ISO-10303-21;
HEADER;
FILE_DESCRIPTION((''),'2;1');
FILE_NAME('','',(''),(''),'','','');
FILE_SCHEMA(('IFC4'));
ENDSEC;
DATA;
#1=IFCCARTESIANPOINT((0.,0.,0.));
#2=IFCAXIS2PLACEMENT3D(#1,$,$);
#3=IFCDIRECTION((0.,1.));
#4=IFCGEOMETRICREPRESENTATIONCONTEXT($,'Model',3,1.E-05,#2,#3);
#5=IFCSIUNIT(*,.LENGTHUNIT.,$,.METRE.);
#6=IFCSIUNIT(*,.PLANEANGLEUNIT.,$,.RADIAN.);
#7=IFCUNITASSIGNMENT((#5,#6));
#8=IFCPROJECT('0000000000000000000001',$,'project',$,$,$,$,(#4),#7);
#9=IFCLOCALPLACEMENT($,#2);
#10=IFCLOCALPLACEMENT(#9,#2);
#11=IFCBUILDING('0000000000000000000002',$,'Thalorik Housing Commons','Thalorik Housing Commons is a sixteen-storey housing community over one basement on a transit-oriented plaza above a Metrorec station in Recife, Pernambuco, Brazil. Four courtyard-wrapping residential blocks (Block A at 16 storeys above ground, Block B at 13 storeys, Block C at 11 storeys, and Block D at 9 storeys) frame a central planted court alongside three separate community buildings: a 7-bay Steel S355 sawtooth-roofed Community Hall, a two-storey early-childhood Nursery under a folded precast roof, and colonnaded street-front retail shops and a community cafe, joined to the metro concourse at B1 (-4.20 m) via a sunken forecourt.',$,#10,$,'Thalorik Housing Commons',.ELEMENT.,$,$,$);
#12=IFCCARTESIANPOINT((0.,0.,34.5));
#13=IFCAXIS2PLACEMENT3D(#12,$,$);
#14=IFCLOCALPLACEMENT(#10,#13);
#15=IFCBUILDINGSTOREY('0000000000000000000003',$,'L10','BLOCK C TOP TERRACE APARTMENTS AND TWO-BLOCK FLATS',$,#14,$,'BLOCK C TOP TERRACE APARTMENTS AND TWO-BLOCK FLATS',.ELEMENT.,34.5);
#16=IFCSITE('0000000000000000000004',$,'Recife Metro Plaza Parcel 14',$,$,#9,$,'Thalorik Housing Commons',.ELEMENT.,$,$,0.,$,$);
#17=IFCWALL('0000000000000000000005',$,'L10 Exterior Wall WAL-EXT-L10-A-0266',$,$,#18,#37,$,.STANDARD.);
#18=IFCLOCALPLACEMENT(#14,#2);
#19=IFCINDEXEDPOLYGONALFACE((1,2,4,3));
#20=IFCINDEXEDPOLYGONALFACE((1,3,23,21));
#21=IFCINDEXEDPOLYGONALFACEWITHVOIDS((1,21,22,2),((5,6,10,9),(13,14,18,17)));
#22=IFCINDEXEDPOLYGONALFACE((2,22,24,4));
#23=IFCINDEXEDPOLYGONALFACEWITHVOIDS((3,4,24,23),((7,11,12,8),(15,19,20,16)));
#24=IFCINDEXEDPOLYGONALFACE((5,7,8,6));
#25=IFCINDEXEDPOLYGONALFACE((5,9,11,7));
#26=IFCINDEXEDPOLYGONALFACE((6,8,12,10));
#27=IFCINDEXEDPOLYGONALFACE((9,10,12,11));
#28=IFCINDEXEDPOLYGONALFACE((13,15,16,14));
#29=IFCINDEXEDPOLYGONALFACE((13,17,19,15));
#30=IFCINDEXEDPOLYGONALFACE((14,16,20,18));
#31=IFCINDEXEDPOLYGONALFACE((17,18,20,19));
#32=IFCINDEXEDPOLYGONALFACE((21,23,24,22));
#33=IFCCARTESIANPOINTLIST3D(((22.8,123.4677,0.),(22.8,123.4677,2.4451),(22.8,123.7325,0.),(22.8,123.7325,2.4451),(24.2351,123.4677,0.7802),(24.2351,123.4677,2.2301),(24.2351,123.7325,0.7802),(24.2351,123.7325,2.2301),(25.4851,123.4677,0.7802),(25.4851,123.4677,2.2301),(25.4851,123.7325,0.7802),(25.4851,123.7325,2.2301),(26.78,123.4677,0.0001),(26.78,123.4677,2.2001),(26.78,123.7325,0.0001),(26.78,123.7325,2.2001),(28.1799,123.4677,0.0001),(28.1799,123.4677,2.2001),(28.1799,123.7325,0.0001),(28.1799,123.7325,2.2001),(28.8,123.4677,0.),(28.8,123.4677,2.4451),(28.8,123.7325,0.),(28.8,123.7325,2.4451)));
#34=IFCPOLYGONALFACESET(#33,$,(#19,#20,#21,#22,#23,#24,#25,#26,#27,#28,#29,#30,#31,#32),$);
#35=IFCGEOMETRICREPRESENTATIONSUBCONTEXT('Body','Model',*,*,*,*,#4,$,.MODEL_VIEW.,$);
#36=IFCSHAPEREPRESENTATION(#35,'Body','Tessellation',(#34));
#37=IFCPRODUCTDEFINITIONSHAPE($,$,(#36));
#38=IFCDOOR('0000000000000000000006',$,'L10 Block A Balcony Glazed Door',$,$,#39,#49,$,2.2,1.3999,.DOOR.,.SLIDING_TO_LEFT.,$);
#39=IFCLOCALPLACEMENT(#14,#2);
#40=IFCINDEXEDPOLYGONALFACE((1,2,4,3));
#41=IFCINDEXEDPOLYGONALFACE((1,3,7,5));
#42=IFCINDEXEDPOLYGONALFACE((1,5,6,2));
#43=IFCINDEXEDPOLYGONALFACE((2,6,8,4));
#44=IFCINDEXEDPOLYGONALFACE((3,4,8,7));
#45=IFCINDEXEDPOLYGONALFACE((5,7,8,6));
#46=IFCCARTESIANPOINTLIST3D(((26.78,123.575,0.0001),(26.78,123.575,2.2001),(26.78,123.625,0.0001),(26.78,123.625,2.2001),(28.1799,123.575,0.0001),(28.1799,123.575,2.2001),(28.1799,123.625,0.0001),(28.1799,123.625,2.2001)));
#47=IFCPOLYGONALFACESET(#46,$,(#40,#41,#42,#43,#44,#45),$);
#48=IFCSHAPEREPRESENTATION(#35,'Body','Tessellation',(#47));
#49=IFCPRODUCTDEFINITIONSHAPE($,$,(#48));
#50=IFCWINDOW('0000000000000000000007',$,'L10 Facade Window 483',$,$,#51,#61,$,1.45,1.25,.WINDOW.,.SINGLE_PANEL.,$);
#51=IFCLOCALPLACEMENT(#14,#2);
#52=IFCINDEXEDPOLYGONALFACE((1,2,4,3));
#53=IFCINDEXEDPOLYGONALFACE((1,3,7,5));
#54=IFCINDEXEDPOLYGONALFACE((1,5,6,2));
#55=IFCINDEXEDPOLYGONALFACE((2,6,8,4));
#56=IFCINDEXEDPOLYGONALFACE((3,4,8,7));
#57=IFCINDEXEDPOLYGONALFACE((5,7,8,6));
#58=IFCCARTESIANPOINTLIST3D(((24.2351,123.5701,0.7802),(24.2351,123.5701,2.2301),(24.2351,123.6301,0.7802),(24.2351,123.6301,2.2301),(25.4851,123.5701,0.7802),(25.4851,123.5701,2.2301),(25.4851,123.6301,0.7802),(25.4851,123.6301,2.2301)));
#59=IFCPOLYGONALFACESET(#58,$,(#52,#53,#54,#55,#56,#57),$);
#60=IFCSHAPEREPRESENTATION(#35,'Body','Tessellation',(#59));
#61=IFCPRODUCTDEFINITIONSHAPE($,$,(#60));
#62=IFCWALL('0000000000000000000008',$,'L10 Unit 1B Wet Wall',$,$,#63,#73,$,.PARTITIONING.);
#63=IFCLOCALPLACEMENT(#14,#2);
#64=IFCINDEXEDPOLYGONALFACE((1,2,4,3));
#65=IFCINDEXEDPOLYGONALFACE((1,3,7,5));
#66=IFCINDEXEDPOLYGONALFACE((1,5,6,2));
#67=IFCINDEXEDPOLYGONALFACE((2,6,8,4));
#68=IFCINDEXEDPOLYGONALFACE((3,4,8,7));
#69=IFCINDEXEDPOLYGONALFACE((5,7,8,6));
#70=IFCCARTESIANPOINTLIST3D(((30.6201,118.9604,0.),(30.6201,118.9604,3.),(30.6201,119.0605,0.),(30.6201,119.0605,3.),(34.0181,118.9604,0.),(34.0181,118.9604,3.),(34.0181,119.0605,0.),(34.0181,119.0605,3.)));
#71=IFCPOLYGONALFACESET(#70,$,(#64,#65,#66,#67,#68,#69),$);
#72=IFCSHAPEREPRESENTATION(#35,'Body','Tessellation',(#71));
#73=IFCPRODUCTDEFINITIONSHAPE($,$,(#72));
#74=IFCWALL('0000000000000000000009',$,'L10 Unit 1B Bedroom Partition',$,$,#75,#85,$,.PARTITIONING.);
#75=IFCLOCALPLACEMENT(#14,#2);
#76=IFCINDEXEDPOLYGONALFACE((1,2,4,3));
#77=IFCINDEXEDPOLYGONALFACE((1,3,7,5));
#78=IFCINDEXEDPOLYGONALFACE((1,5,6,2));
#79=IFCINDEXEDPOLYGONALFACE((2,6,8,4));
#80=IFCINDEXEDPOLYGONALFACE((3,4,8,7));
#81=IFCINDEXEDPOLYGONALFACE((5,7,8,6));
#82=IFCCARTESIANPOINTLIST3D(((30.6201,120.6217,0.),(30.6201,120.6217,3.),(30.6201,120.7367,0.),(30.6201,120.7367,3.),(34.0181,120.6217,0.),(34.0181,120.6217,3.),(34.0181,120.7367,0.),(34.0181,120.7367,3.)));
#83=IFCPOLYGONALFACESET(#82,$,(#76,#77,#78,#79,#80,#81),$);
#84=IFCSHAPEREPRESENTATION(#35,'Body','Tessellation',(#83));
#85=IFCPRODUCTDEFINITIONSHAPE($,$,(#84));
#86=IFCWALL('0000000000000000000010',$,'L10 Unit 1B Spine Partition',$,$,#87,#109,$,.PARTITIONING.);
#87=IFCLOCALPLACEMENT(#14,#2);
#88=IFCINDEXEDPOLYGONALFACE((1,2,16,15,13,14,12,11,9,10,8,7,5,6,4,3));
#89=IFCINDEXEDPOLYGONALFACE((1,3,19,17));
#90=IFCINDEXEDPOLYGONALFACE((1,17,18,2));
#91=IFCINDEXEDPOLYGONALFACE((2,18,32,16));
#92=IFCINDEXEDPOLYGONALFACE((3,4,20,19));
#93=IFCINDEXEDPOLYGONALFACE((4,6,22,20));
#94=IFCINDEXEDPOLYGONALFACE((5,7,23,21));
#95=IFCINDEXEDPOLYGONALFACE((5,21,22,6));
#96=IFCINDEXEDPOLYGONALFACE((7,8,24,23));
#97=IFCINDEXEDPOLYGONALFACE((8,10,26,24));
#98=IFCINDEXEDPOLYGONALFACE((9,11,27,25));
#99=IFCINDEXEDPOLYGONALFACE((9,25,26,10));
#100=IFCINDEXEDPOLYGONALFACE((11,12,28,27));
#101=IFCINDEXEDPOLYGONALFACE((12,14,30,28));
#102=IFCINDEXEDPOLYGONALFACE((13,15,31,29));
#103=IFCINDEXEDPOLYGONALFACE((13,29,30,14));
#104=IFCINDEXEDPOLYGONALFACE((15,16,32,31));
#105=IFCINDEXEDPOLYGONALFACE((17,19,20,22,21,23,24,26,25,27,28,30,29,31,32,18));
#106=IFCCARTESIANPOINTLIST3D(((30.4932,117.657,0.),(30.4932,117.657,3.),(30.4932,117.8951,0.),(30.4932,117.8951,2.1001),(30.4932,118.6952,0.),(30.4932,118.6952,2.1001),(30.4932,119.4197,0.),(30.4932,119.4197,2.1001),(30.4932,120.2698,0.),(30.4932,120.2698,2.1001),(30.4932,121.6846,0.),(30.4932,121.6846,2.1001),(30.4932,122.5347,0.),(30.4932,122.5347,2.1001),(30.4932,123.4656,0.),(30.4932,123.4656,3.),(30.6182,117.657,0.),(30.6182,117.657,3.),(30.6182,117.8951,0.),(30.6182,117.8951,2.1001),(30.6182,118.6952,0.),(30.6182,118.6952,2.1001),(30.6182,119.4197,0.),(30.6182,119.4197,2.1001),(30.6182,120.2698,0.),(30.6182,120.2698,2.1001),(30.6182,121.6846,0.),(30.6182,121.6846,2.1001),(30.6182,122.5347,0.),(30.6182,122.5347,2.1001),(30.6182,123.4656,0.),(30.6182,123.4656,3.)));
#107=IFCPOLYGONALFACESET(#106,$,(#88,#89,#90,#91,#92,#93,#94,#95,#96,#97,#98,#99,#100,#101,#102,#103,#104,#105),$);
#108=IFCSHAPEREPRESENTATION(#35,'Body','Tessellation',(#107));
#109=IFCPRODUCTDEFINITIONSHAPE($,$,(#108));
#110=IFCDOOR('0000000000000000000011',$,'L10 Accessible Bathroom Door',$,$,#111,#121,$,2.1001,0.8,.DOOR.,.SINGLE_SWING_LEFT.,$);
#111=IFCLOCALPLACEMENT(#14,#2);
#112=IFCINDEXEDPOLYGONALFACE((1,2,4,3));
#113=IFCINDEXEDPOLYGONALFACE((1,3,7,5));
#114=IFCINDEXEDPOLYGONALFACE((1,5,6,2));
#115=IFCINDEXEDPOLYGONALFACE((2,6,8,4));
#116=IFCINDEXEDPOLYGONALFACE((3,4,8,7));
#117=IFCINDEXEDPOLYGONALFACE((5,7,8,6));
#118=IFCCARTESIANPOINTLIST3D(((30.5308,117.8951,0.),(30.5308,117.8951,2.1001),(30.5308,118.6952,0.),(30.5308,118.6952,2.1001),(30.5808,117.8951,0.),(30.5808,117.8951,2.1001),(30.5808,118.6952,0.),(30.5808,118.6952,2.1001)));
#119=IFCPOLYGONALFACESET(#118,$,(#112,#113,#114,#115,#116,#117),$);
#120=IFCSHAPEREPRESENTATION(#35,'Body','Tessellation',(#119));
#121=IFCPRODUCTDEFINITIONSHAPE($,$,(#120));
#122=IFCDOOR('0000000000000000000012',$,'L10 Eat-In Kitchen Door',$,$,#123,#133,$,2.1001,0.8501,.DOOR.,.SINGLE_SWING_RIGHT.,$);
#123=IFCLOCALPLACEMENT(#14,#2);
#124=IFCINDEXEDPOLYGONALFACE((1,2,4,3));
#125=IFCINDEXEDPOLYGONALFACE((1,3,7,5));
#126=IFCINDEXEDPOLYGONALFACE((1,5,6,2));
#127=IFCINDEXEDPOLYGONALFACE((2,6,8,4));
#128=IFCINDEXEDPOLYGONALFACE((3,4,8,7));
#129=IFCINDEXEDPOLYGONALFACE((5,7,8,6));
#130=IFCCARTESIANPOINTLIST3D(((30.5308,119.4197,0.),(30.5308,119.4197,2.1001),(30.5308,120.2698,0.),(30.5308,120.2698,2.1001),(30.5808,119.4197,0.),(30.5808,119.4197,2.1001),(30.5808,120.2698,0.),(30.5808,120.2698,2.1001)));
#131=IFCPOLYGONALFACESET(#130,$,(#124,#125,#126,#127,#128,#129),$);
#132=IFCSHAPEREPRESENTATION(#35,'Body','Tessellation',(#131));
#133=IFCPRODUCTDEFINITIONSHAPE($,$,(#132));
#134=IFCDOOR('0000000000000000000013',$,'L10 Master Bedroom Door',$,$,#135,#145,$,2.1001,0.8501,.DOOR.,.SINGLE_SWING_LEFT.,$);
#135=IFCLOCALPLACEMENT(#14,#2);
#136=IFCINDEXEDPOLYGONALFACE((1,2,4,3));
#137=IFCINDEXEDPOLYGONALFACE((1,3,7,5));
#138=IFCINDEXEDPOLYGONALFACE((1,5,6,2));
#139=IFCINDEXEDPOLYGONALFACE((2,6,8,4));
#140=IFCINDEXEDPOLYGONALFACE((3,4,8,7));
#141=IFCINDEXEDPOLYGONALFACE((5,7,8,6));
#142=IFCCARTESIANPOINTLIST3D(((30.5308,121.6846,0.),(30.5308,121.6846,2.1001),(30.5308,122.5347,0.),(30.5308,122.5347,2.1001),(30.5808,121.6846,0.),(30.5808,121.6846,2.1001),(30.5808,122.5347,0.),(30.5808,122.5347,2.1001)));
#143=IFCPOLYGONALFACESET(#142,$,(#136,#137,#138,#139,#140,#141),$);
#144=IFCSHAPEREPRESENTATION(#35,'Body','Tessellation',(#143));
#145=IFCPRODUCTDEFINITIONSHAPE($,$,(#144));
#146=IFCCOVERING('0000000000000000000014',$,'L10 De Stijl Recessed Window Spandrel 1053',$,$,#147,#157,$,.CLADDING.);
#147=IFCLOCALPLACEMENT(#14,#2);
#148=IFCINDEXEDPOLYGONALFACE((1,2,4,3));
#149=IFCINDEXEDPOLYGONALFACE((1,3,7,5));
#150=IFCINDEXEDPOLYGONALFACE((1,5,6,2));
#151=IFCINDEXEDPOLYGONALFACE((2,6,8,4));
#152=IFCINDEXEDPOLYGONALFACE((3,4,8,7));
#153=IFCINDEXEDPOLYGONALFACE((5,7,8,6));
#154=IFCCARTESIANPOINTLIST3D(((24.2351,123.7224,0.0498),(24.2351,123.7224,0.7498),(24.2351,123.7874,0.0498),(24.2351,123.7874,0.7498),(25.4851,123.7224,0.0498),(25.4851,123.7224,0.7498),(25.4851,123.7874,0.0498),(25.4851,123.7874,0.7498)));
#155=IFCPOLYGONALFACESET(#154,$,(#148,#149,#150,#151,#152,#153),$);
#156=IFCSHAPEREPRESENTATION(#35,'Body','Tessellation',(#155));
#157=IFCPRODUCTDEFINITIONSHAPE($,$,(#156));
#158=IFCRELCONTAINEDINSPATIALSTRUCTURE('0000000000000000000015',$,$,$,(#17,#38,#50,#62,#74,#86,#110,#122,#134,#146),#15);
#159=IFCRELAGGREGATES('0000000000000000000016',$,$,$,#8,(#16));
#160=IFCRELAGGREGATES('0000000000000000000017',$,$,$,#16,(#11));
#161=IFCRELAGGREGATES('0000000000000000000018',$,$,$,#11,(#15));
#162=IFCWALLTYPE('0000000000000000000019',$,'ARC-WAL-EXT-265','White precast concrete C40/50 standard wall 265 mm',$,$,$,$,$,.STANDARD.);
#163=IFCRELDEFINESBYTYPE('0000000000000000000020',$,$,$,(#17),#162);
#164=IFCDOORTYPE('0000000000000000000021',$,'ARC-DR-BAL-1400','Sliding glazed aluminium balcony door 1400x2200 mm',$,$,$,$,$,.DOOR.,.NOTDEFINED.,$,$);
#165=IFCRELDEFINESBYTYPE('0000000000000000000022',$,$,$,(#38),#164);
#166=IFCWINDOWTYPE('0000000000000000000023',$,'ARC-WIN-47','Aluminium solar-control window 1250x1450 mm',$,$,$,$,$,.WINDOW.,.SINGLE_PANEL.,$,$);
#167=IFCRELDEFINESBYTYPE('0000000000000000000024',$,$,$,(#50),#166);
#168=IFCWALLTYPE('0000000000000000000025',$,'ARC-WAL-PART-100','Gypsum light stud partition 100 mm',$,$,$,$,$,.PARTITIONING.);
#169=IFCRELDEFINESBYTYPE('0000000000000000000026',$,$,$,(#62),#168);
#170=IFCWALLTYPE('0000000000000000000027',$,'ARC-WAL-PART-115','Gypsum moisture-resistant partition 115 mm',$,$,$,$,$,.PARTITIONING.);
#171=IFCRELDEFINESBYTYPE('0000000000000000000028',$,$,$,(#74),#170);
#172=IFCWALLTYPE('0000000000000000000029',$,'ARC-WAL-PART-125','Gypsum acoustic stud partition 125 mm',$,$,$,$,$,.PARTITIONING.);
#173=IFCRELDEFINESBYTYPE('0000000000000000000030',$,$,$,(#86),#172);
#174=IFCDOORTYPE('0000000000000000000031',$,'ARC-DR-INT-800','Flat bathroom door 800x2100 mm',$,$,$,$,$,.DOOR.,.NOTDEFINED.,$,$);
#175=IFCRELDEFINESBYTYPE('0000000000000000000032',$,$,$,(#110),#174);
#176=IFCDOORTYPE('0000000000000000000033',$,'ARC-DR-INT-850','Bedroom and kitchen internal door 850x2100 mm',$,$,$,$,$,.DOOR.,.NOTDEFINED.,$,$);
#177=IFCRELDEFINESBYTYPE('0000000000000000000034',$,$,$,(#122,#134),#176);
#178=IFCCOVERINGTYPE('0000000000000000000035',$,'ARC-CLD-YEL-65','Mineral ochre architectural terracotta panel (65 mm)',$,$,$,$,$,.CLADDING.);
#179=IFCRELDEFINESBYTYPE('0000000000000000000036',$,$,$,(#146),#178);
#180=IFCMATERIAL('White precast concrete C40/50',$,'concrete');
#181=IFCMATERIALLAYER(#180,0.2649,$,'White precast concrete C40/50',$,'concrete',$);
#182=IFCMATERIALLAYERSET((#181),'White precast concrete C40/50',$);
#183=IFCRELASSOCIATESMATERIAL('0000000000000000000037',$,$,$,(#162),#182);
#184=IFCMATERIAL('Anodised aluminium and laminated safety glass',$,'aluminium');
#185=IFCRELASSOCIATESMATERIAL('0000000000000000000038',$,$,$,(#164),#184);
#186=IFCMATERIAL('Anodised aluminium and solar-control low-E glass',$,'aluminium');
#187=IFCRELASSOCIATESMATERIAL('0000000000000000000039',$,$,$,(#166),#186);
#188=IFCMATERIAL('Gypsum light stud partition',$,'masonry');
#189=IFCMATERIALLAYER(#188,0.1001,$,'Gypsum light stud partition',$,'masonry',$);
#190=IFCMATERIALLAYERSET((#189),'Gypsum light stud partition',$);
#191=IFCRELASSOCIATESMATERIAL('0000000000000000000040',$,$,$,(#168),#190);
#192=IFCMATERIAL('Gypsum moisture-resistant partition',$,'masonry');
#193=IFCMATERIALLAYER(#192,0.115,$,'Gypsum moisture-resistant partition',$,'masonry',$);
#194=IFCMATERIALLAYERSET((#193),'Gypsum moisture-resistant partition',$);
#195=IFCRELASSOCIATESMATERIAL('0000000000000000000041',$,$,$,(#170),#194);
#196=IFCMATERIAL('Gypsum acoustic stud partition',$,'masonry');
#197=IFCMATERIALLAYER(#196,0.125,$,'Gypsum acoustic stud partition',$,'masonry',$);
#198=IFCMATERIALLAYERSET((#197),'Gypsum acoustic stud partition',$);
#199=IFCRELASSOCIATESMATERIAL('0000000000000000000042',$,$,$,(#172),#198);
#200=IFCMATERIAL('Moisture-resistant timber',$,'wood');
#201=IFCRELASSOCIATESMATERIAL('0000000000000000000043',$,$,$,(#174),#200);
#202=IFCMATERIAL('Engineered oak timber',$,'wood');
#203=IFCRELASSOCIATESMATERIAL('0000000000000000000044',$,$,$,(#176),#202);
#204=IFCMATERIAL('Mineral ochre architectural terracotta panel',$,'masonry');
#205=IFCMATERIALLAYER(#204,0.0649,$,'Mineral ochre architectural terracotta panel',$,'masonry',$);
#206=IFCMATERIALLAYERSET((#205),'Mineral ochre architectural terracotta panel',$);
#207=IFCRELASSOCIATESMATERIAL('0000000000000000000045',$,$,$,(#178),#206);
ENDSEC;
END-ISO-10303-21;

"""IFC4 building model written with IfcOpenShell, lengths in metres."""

from ifc_helpers import new_model, si_unit, direction, frame, frame_2d, origin, origin_2d, place, context, subcontext, project, spatial, rectangle, extrude, material, layer, layer_set, type_object, element, fill, save


model = new_model("IFC4")

# Units and contexts
model_context = context("Model", 3, precision=1e-05, world=origin(), true_north=direction((0.0, 1.0)))
body_context = subcontext(model_context, "Body", "Model", "MODEL_VIEW")
ifc_project = project(units=[si_unit("LENGTHUNIT", "METRE"), si_unit("PLANEANGLEUNIT", "RADIAN")], contexts=[model_context])

# Site, building, storey
site_placement = place(None, origin())
site = spatial("IfcSite", under=ifc_project, at=site_placement, Name="Recife Metro Plaza Parcel 14", LongName="Thalorik Housing Commons", CompositionType="ELEMENT", RefElevation=0.0)
building_placement = place(site_placement, origin())
building = spatial("IfcBuilding", under=site, at=building_placement, Name="Thalorik Housing Commons", Description="Thalorik Housing Commons is a sixteen-storey housing community over one basement on a transit-oriented plaza above a Metrorec station in Recife, Pernambuco, Brazil. Four courtyard-wrapping residential blocks (Block A at 16 storeys above ground, Block B at 13 storeys, Block C at 11 storeys, and Block D at 9 storeys) frame a central planted court alongside three separate community buildings: a 7-bay Steel S355 sawtooth-roofed Community Hall, a two-storey early-childhood Nursery under a folded precast roof, and colonnaded street-front retail shops and a community cafe, joined to the metro concourse at B1 (-4.20 m) via a sunken forecourt.", LongName="Thalorik Housing Commons", CompositionType="ELEMENT")
storey_placement = place(building_placement, frame((0.0, 0.0, 34.5)))
storey = spatial("IfcBuildingStorey", under=building, at=storey_placement, Name="L10", Description="BLOCK C TOP TERRACE APARTMENTS AND TWO-BLOCK FLATS", LongName="BLOCK C TOP TERRACE APARTMENTS AND TWO-BLOCK FLATS", CompositionType="ELEMENT", Elevation=34.5)

# Wall, openings, door, window
ifc_material_1 = material(Name="White precast concrete C40/50", Category="concrete")
ifc_layer_1 = layer(ifc_material_1, 0.2649, Name="White precast concrete C40/50", Category="concrete")
ifc_layer_set_1 = layer_set([ifc_layer_1], Name="White precast concrete C40/50")
wall_type_1 = type_object("IfcWallType", Name="ARC-WAL-EXT-265", Description="White precast concrete C40/50 standard wall 265 mm", PredefinedType="STANDARD", material=ifc_layer_set_1)
wall_1_placement = place(storey_placement, frame((28.8, 123.6001, 0.0), z_axis=(0.0, 0.0, 1.0), x_axis=(-1.0, 0.0, 0.0)))
wall_1 = element("IfcWall", 1, at=wall_1_placement, inside=storey, type_object=wall_type_1, Name="L10 Exterior Wall WAL-EXT-L10-A-0266", PredefinedType="STANDARD", context=body_context, shape_type="SweptSolid", body=[
    extrude(rectangle(XDim=6.0, YDim=0.2649, at=frame_2d((3.0, 0.0))), origin(), (0.0, 0.0, 1.0), 2.4451),
])
opening_1_placement = place(wall_1_placement, frame((0.6201, 0.0, 0.0)))
opening_1 = element("IfcOpeningElement", 2, at=opening_1_placement, cuts=wall_1, PredefinedType="OPENING", context=body_context, shape_type="SweptSolid", body=[
    extrude(rectangle(XDim=1.3999, YDim=2.2, at=frame_2d((0.7, 1.1001))), frame((0.0, 0.1426, 0.0), z_axis=(0.0, -1.0, 0.0), x_axis=(1.0, 0.0, 0.0)), (0.0, 0.0, 1.0), 0.2849),
])
opening_2_placement = place(wall_1_placement, frame((3.3149, 0.0, 0.78)))
opening_2 = element("IfcOpeningElement", 3, at=opening_2_placement, cuts=wall_1, PredefinedType="OPENING", context=body_context, shape_type="SweptSolid", body=[
    extrude(rectangle(XDim=1.25, YDim=1.45, at=frame_2d((0.625, 0.7251))), frame((0.0, 0.1426, 0.0), z_axis=(0.0, -1.0, 0.0), x_axis=(1.0, 0.0, 0.0)), (0.0, 0.0, 1.0), 0.2849),
])
ifc_material_2 = material(Name="Anodised aluminium and laminated safety glass", Category="aluminium")
door_type_1 = type_object("IfcDoorType", Name="ARC-DR-BAL-1400", Description="Sliding glazed aluminium balcony door 1400x2200 mm", OperationType="NOTDEFINED", PredefinedType="DOOR", material=ifc_material_2)
door_1_placement = place(opening_1_placement, frame((1.3999, 0.0, 0.0), z_axis=(0.0, 0.0, 1.0), x_axis=(-1.0, 0.0, 0.0)))
door_1 = element("IfcDoor", 4, at=door_1_placement, inside=storey, type_object=door_type_1, Name="L10 Block A Balcony Glazed Door", OperationType="SLIDING_TO_LEFT", OverallHeight=2.2, OverallWidth=1.3999, PredefinedType="DOOR", context=body_context, shape_type="SweptSolid", body=[
    extrude(rectangle(XDim=1.3999, YDim=2.2, at=frame_2d((0.7, 1.1001))), frame((0.0, 0.0249, 0.0), z_axis=(0.0, -1.0, 0.0), x_axis=(1.0, 0.0, 0.0)), (0.0, 0.0, 1.0), 0.05),
])
fill(opening_1, door_1)
ifc_material_3 = material(Name="Anodised aluminium and solar-control low-E glass", Category="aluminium")
window_type = type_object("IfcWindowType", Name="ARC-WIN-47", Description="Aluminium solar-control window 1250x1450 mm", PartitioningType="SINGLE_PANEL", PredefinedType="WINDOW", material=ifc_material_3)
window_placement = place(opening_2_placement, origin())
window = element("IfcWindow", 5, at=window_placement, inside=storey, type_object=window_type, Name="L10 Facade Window 483", OverallHeight=1.45, OverallWidth=1.25, PartitioningType="SINGLE_PANEL", PredefinedType="WINDOW", context=body_context, shape_type="SweptSolid", body=[
    extrude(rectangle(XDim=1.25, YDim=1.45, at=frame_2d((0.625, 0.7251))), frame((0.0, 0.03, 0.0), z_axis=(0.0, -1.0, 0.0), x_axis=(1.0, 0.0, 0.0)), (0.0, 0.0, 1.0), 0.0601),
])
fill(opening_2, window)

# Walls
ifc_material_4 = material(Name="Gypsum light stud partition", Category="masonry")
ifc_layer_2 = layer(ifc_material_4, 0.1001, Name="Gypsum light stud partition", Category="masonry")
ifc_layer_set_2 = layer_set([ifc_layer_2], Name="Gypsum light stud partition")
wall_type_2 = type_object("IfcWallType", Name="ARC-WAL-PART-100", Description="Gypsum light stud partition 100 mm", PredefinedType="PARTITIONING", material=ifc_layer_set_2)
wall_2_placement = place(storey_placement, frame((30.6201, 119.0105, 0.0), z_axis=(0.0, 0.0, 1.0), x_axis=(1.0, 0.0, 0.0)))
element("IfcWall", 6, at=wall_2_placement, inside=storey, type_object=wall_type_2, Name="L10 Unit 1B Wet Wall", PredefinedType="PARTITIONING", context=body_context, shape_type="SweptSolid", body=[
    extrude(rectangle(XDim=3.3979, YDim=0.1001, at=frame_2d((1.699, 0.0))), origin(), (0.0, 0.0, 1.0), 3.0),
])
ifc_material_5 = material(Name="Gypsum moisture-resistant partition", Category="masonry")
ifc_layer_3 = layer(ifc_material_5, 0.115, Name="Gypsum moisture-resistant partition", Category="masonry")
ifc_layer_set_3 = layer_set([ifc_layer_3], Name="Gypsum moisture-resistant partition")
wall_type_3 = type_object("IfcWallType", Name="ARC-WAL-PART-115", Description="Gypsum moisture-resistant partition 115 mm", PredefinedType="PARTITIONING", material=ifc_layer_set_3)
wall_3_placement = place(storey_placement, frame((30.6201, 120.6792, 0.0), z_axis=(0.0, 0.0, 1.0), x_axis=(1.0, 0.0, 0.0)))
element("IfcWall", 7, at=wall_3_placement, inside=storey, type_object=wall_type_3, Name="L10 Unit 1B Bedroom Partition", PredefinedType="PARTITIONING", context=body_context, shape_type="SweptSolid", body=[
    extrude(rectangle(XDim=3.3979, YDim=0.115, at=frame_2d((1.699, 0.0))), origin(), (0.0, 0.0, 1.0), 3.0),
])

# Wall, openings, doors
ifc_material_6 = material(Name="Gypsum acoustic stud partition", Category="masonry")
ifc_layer_4 = layer(ifc_material_6, 0.125, Name="Gypsum acoustic stud partition", Category="masonry")
ifc_layer_set_4 = layer_set([ifc_layer_4], Name="Gypsum acoustic stud partition")
wall_type_4 = type_object("IfcWallType", Name="ARC-WAL-PART-125", Description="Gypsum acoustic stud partition 125 mm", PredefinedType="PARTITIONING", material=ifc_layer_set_4)
wall_4_placement = place(storey_placement, frame((30.5557, 117.657, 0.0), z_axis=(0.0, 0.0, 1.0), x_axis=(0.0, 1.0, 0.0)))
wall_4 = element("IfcWall", 8, at=wall_4_placement, inside=storey, type_object=wall_type_4, Name="L10 Unit 1B Spine Partition", PredefinedType="PARTITIONING", context=body_context, shape_type="SweptSolid", body=[
    extrude(rectangle(XDim=5.8086, YDim=0.125, at=frame_2d((2.9043, 0.0))), origin(), (0.0, 0.0, 1.0), 3.0),
])
opening_3_placement = place(wall_4_placement, frame((0.2383, 0.0, 0.0)))
opening_3 = element("IfcOpeningElement", 9, at=opening_3_placement, cuts=wall_4, PredefinedType="OPENING", context=body_context, shape_type="SweptSolid", body=[
    extrude(rectangle(XDim=0.8, YDim=2.1001, at=frame_2d((0.3999, 1.05))), frame((0.0, 0.0725, 0.0), z_axis=(0.0, -1.0, 0.0), x_axis=(1.0, 0.0, 0.0)), (0.0, 0.0, 1.0), 0.145),
])
opening_4_placement = place(wall_4_placement, frame((1.7627, 0.0, 0.0)))
opening_4 = element("IfcOpeningElement", 10, at=opening_4_placement, cuts=wall_4, PredefinedType="OPENING", context=body_context, shape_type="SweptSolid", body=[
    extrude(rectangle(XDim=0.8501, YDim=2.1001, at=frame_2d((0.425, 1.05))), frame((0.0, 0.0725, 0.0), z_axis=(0.0, -1.0, 0.0), x_axis=(1.0, 0.0, 0.0)), (0.0, 0.0, 1.0), 0.145),
])
opening_5_placement = place(wall_4_placement, frame((4.0276, 0.0, 0.0)))
opening_5 = element("IfcOpeningElement", 11, at=opening_5_placement, cuts=wall_4, PredefinedType="OPENING", context=body_context, shape_type="SweptSolid", body=[
    extrude(rectangle(XDim=0.8501, YDim=2.1001, at=frame_2d((0.425, 1.05))), frame((0.0, 0.0725, 0.0), z_axis=(0.0, -1.0, 0.0), x_axis=(1.0, 0.0, 0.0)), (0.0, 0.0, 1.0), 0.145),
])
ifc_material_7 = material(Name="Moisture-resistant timber", Category="wood")
door_type_2 = type_object("IfcDoorType", Name="ARC-DR-INT-800", Description="Flat bathroom door 800x2100 mm", OperationType="NOTDEFINED", PredefinedType="DOOR", material=ifc_material_7)
door_2_placement = place(opening_3_placement, origin())
door_2 = element("IfcDoor", 12, at=door_2_placement, inside=storey, type_object=door_type_2, Name="L10 Accessible Bathroom Door", OperationType="SINGLE_SWING_LEFT", OverallHeight=2.1001, OverallWidth=0.8, PredefinedType="DOOR", context=body_context, shape_type="SweptSolid", body=[
    extrude(rectangle(XDim=0.8, YDim=2.1001, at=frame_2d((0.3999, 1.05))), frame((0.0, 0.0249, 0.0), z_axis=(0.0, -1.0, 0.0), x_axis=(1.0, 0.0, 0.0)), (0.0, 0.0, 1.0), 0.05),
])
fill(opening_3, door_2)
ifc_material_8 = material(Name="Engineered oak timber", Category="wood")
door_type_3 = type_object("IfcDoorType", Name="ARC-DR-INT-850", Description="Bedroom and kitchen internal door 850x2100 mm", OperationType="NOTDEFINED", PredefinedType="DOOR", material=ifc_material_8)
door_3_placement = place(opening_4_placement, origin())
door_3 = element("IfcDoor", 13, at=door_3_placement, inside=storey, type_object=door_type_3, Name="L10 Eat-In Kitchen Door", OperationType="SINGLE_SWING_RIGHT", OverallHeight=2.1001, OverallWidth=0.8501, PredefinedType="DOOR", context=body_context, shape_type="SweptSolid", body=[
    extrude(rectangle(XDim=0.8501, YDim=2.1001, at=frame_2d((0.425, 1.05))), frame((0.0, 0.0249, 0.0), z_axis=(0.0, -1.0, 0.0), x_axis=(1.0, 0.0, 0.0)), (0.0, 0.0, 1.0), 0.05),
])
fill(opening_4, door_3)
door_4_placement = place(opening_5_placement, origin())
door_4 = element("IfcDoor", 14, at=door_4_placement, inside=storey, type_object=door_type_3, Name="L10 Master Bedroom Door", OperationType="SINGLE_SWING_LEFT", OverallHeight=2.1001, OverallWidth=0.8501, PredefinedType="DOOR", context=body_context, shape_type="SweptSolid", body=[
    extrude(rectangle(XDim=0.8501, YDim=2.1001, at=frame_2d((0.425, 1.05))), frame((0.0, 0.0249, 0.0), z_axis=(0.0, -1.0, 0.0), x_axis=(1.0, 0.0, 0.0)), (0.0, 0.0, 1.0), 0.05),
])
fill(opening_5, door_4)

# Covering
ifc_material_9 = material(Name="Mineral ochre architectural terracotta panel", Category="masonry")
ifc_layer_5 = layer(ifc_material_9, 0.0649, Name="Mineral ochre architectural terracotta panel", Category="masonry")
ifc_layer_set_5 = layer_set([ifc_layer_5], Name="Mineral ochre architectural terracotta panel")
covering_type_1 = type_object("IfcCoveringType", Name="ARC-CLD-YEL-65", Description="Mineral ochre architectural terracotta panel (65 mm)", PredefinedType="CLADDING", material=ifc_layer_set_5)
covering_1_placement = place(storey_placement, frame((24.8601, 123.7549, 0.0498), z_axis=(0.0, 0.0, 1.0), x_axis=(-1.0, 0.0, 0.0)))
element("IfcCovering", 15, at=covering_1_placement, inside=storey, type_object=covering_type_1, Name="L10 De Stijl Recessed Window Spandrel 1053", PredefinedType="CLADDING", context=body_context, shape_type="SweptSolid", body=[
    extrude(rectangle(XDim=1.25, YDim=0.0649, at=origin_2d()), origin(), (0.0, 0.0, 1.0), 0.7),
])

save(model, "model.ifc")
